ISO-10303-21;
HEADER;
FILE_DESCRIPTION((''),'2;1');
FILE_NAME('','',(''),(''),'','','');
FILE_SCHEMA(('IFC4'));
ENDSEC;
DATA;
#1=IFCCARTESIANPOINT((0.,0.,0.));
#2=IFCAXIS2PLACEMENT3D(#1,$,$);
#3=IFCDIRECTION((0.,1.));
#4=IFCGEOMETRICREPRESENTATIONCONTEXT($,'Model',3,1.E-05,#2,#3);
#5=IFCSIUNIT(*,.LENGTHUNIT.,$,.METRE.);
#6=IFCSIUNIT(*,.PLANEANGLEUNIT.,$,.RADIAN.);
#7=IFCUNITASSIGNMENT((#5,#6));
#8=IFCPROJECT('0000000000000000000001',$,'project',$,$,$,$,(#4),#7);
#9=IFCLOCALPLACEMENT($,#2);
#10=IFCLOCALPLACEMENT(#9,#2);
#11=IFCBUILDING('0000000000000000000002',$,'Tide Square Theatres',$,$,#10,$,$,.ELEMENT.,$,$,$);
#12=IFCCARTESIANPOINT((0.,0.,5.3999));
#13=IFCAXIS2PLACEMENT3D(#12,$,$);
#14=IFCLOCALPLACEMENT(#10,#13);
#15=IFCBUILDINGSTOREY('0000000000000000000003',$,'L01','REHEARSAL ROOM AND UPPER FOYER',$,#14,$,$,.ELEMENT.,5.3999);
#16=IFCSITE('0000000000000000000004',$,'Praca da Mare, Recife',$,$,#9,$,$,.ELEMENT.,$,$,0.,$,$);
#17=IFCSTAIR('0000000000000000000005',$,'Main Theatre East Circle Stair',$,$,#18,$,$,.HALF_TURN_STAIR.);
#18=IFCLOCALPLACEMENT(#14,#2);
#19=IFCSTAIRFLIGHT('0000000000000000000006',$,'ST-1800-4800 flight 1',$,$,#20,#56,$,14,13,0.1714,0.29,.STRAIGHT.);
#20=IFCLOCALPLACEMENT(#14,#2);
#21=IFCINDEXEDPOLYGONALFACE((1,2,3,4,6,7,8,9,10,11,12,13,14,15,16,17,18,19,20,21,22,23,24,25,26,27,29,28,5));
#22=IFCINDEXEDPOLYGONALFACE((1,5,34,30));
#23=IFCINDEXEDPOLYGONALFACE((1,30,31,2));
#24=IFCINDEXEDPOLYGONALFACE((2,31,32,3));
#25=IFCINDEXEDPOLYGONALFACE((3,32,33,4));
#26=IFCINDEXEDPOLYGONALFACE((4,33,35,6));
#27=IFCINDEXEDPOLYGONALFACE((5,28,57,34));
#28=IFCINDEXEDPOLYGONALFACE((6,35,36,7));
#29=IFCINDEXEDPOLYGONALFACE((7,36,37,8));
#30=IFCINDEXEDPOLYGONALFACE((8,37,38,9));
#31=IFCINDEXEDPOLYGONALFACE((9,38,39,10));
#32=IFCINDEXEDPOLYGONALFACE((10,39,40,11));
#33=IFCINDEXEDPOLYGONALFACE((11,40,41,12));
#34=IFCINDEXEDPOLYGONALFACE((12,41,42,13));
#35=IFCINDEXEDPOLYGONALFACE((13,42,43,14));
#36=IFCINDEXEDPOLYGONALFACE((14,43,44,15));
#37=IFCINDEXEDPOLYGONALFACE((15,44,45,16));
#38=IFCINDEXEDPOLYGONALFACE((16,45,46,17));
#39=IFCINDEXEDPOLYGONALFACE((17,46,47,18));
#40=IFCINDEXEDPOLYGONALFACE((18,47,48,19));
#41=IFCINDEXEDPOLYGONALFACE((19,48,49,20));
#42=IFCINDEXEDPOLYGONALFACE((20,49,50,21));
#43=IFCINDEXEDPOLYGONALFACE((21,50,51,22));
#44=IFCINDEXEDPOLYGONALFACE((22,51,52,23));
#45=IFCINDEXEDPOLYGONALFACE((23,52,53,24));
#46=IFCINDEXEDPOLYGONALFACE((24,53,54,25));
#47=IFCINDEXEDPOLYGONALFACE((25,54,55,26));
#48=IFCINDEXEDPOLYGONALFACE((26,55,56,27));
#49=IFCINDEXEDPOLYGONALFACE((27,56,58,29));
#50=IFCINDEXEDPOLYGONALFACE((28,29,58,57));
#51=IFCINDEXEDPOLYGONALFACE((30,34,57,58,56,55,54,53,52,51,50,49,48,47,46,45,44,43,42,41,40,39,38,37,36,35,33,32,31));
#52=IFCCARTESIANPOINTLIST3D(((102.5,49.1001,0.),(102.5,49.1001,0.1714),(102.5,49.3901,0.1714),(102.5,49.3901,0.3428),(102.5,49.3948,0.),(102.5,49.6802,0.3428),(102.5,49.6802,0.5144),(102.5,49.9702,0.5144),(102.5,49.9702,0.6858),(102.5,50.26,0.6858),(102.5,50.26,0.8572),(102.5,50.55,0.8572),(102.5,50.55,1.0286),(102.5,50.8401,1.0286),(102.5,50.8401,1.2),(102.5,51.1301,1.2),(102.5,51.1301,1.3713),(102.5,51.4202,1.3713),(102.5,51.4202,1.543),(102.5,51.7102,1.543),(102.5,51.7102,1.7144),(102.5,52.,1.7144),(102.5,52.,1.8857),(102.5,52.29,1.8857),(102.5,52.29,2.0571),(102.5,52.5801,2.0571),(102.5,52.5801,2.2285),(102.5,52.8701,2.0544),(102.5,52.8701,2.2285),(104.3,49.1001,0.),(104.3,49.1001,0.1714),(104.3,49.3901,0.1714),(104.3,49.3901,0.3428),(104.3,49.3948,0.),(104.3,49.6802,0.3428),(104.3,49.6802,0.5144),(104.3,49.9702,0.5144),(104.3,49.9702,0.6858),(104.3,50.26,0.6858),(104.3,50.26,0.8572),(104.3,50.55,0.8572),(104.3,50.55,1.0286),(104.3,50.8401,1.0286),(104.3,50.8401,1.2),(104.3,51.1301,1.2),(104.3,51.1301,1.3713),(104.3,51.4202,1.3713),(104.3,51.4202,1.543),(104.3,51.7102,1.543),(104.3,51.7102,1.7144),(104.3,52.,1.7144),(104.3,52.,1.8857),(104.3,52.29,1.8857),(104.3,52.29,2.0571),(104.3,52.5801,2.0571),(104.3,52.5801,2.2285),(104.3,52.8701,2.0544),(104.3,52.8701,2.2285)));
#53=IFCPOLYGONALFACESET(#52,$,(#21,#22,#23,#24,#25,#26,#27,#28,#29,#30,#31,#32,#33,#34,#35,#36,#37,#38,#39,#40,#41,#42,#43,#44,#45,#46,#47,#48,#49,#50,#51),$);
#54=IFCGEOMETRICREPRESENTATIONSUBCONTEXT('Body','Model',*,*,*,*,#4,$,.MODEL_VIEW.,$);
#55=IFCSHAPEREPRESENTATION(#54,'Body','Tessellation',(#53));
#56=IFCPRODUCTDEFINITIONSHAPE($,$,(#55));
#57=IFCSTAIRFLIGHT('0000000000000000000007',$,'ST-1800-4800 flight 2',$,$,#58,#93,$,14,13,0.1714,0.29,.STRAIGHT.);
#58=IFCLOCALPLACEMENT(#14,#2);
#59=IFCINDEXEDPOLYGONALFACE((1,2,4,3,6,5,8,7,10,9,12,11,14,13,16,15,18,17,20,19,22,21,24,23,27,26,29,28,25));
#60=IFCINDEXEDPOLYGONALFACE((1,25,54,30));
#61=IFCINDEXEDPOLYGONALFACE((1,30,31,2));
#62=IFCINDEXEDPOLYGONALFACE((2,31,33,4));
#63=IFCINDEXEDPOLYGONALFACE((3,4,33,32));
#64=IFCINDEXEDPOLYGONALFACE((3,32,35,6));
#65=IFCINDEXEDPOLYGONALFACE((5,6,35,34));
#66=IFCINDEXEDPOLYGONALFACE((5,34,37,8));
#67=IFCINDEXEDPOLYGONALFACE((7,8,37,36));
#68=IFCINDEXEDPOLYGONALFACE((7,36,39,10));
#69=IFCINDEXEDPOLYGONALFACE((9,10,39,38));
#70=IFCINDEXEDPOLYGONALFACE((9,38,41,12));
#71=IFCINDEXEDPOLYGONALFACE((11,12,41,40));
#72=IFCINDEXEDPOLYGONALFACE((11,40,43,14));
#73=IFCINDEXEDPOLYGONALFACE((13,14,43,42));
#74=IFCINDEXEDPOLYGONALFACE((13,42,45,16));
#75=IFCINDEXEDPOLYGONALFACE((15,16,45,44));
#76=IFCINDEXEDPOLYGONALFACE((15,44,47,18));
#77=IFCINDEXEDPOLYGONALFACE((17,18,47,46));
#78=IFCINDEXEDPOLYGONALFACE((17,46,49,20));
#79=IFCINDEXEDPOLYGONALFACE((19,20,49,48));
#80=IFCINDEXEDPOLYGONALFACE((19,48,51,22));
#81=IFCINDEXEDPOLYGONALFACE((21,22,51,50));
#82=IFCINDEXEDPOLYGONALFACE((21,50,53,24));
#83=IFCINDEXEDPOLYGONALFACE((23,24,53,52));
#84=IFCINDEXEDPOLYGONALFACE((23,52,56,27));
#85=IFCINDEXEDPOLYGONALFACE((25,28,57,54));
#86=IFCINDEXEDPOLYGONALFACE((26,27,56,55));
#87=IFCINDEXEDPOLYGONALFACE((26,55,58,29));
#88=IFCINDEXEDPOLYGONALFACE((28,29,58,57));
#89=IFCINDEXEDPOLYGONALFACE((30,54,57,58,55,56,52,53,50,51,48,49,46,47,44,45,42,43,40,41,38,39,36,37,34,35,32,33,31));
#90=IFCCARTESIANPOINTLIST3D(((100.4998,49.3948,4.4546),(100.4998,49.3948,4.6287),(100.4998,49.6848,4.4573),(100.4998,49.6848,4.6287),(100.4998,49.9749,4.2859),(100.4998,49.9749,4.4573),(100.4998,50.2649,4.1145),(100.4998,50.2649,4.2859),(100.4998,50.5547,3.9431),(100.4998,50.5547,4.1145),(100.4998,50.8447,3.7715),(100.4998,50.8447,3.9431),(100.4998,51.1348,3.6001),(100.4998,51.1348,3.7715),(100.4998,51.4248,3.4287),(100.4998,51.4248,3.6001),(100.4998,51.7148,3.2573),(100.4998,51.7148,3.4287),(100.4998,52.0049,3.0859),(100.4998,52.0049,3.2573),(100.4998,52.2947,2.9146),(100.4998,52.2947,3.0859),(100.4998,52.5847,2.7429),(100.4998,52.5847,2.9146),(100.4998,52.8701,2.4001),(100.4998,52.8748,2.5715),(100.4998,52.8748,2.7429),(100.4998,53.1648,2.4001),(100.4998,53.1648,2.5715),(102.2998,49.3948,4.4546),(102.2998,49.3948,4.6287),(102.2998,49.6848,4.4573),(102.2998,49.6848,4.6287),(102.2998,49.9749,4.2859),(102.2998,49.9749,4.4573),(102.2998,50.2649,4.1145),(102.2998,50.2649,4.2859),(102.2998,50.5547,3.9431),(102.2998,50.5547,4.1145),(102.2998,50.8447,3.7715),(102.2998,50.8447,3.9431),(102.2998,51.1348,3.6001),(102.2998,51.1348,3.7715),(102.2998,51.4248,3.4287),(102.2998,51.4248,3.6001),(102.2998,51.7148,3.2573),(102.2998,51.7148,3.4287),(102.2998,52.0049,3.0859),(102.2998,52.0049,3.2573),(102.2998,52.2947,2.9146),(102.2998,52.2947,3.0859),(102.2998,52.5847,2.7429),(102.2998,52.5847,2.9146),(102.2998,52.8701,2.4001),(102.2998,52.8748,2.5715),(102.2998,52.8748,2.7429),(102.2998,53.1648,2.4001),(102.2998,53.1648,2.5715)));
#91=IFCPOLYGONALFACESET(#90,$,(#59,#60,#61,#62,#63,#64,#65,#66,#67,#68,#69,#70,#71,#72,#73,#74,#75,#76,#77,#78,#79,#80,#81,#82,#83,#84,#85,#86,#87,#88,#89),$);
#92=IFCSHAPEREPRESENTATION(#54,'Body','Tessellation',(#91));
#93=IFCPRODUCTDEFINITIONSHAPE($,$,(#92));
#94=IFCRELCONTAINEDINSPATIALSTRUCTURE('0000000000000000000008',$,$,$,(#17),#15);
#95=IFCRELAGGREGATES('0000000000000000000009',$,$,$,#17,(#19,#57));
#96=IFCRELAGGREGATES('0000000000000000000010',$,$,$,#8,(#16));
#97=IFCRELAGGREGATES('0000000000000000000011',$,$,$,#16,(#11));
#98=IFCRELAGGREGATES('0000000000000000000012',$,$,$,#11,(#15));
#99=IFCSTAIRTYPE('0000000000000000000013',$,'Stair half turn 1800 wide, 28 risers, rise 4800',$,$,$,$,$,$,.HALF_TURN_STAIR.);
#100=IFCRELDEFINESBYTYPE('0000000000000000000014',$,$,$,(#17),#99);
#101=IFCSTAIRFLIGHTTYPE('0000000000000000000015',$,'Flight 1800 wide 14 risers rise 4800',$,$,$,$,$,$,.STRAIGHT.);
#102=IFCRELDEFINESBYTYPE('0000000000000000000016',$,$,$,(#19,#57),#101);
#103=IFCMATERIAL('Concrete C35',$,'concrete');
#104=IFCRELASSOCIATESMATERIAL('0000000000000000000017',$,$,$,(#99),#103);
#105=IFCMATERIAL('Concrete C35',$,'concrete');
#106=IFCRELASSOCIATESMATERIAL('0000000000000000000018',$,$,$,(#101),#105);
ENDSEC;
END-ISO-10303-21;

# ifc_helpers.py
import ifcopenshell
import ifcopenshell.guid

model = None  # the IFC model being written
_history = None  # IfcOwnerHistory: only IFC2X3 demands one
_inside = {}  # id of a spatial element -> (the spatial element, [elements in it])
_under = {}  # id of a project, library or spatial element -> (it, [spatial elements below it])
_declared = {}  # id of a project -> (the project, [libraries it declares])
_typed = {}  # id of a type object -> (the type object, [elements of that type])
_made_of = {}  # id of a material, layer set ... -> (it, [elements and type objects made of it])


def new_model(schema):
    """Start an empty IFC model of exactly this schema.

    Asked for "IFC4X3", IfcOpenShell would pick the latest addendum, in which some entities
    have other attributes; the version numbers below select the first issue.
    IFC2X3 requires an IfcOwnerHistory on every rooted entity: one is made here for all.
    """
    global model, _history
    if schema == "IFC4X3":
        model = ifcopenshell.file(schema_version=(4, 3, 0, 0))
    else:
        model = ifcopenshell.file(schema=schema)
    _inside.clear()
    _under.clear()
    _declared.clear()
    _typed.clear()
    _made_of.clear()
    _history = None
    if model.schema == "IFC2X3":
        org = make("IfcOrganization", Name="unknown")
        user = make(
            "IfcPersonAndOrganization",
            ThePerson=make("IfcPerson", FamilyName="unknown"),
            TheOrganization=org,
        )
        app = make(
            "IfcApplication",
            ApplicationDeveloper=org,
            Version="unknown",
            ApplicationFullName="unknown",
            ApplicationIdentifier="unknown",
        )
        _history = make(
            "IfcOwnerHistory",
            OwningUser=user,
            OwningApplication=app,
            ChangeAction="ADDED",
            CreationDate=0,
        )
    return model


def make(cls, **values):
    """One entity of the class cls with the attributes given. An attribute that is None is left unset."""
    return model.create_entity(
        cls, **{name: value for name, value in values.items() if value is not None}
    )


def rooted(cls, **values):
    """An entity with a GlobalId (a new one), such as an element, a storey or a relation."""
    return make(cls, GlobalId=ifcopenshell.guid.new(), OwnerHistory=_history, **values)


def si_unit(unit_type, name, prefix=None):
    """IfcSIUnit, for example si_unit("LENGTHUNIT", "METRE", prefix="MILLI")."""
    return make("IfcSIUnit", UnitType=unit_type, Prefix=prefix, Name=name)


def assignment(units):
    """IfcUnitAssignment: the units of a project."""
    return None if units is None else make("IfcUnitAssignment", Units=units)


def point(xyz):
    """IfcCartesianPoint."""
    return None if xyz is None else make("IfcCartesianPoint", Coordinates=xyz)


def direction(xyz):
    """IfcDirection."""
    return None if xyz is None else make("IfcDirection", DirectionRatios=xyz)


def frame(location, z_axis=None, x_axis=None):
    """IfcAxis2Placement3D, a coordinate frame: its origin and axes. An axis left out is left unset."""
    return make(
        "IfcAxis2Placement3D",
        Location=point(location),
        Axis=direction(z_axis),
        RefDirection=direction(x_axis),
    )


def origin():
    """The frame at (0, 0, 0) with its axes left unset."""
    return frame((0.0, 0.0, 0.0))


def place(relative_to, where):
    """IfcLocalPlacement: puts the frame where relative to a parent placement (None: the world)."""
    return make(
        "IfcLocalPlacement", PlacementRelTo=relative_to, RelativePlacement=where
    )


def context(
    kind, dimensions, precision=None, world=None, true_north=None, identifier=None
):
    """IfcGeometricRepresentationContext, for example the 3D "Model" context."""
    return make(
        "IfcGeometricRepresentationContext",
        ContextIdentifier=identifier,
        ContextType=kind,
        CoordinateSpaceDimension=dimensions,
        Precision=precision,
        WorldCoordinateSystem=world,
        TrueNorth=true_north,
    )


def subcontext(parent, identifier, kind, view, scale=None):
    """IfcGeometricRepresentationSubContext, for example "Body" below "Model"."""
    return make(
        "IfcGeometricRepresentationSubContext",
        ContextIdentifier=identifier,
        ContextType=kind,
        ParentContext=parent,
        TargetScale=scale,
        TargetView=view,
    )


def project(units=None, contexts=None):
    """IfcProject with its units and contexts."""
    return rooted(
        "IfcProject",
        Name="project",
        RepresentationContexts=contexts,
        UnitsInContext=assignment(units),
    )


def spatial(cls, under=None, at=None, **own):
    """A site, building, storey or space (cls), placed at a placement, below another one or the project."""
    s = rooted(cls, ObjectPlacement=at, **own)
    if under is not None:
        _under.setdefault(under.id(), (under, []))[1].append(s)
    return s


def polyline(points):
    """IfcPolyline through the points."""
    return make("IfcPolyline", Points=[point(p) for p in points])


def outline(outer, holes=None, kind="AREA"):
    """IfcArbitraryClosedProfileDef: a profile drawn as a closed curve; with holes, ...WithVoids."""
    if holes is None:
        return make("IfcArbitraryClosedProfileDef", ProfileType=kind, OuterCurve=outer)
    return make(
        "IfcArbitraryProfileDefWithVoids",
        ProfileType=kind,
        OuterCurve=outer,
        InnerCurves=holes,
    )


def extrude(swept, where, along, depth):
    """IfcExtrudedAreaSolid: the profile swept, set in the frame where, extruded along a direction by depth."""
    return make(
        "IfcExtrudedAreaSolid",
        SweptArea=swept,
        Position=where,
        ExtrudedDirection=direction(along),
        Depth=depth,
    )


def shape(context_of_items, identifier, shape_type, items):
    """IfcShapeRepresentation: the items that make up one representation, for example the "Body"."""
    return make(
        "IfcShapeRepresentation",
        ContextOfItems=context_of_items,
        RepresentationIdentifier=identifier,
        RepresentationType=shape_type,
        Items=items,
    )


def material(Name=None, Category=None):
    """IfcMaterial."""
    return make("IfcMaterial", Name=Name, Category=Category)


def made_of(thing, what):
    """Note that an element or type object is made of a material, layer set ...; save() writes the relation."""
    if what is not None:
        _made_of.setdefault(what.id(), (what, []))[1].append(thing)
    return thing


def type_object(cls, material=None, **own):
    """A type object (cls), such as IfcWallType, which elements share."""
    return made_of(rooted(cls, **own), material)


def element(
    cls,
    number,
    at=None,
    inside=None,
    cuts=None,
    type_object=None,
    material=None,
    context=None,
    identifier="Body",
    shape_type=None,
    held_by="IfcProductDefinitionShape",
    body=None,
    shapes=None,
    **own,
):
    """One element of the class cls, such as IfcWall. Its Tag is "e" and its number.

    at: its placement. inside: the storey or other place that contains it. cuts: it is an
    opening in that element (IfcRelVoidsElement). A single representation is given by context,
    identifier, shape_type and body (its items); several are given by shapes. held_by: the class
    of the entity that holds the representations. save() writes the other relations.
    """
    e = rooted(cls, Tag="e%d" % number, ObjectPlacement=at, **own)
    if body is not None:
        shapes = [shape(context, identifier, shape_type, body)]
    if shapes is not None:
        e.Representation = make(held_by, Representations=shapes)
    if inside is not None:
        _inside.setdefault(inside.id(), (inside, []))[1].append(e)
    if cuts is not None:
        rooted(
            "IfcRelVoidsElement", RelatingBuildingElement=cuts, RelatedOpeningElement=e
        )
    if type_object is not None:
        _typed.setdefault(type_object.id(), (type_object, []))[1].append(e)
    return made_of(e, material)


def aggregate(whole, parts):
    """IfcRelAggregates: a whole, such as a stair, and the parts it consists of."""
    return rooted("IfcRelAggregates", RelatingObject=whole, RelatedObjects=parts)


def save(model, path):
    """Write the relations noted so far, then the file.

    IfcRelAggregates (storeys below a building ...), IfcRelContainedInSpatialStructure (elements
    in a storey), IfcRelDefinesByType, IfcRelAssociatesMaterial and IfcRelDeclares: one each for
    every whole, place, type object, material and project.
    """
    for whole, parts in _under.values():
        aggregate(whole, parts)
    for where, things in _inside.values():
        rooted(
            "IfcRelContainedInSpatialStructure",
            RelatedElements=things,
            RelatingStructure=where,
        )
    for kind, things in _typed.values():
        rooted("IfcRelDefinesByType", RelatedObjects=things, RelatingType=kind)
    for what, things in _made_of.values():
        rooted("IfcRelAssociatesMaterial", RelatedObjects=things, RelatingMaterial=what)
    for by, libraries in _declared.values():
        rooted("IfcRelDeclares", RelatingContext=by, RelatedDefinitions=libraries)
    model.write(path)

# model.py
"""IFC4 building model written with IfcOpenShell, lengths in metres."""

from ifc_helpers import new_model, si_unit, direction, frame, origin, place, context, subcontext, project, spatial, polyline, outline, extrude, material, type_object, element, aggregate, save


model = new_model("IFC4")

# Units and contexts
model_context = context("Model", 3, precision=1e-05, world=origin(), true_north=direction((0.0, 1.0)))
body_context = subcontext(model_context, "Body", "Model", "MODEL_VIEW")
ifc_project = project(units=[si_unit("LENGTHUNIT", "METRE"), si_unit("PLANEANGLEUNIT", "RADIAN")], contexts=[model_context])

# Site, building, storey
site_placement = place(None, origin())
site = spatial("IfcSite", under=ifc_project, at=site_placement, Name="Praca da Mare, Recife", CompositionType="ELEMENT", RefElevation=0.0)
building_placement = place(site_placement, origin())
building = spatial("IfcBuilding", under=site, at=building_placement, Name="Tide Square Theatres", CompositionType="ELEMENT")
storey_placement = place(building_placement, frame((0.0, 0.0, 5.3999)))
storey = spatial("IfcBuildingStorey", under=building, at=storey_placement, Name="L01", Description="REHEARSAL ROOM AND UPPER FOYER", CompositionType="ELEMENT", Elevation=5.3999)

# Stair, stair flights
ifc_material_1 = material(Name="Concrete C35", Category="concrete")
stair_type = type_object("IfcStairType", Name="Stair half turn 1800 wide, 28 risers, rise 4800", PredefinedType="HALF_TURN_STAIR", material=ifc_material_1)
stair_placement = place(storey_placement, origin())
stair = element("IfcStair", 1, at=stair_placement, inside=storey, type_object=stair_type, Name="Main Theatre East Circle Stair", PredefinedType="HALF_TURN_STAIR")
ifc_material_2 = material(Name="Concrete C35", Category="concrete")
stair_flight_type = type_object("IfcStairFlightType", Name="Flight 1800 wide 14 risers rise 4800", PredefinedType="STRAIGHT", material=ifc_material_2)
stair_flight_1_placement = place(storey_placement, frame((103.3999, 49.1001, 0.0), z_axis=(0.0, 0.0, 1.0), x_axis=(0.0, 1.0, 0.0)))
stair_flight_1 = element("IfcStairFlight", 2, at=stair_flight_1_placement, type_object=stair_flight_type, Name="ST-1800-4800 flight 1", NumberOfRisers=14, NumberOfTreads=13, PredefinedType="STRAIGHT", RiserHeight=0.1714, TreadLength=0.29, context=body_context, shape_type="SweptSolid", body=[
    extrude(outline(polyline([(0.0, 0.0), (0.0, 0.1714), (0.29, 0.1714), (0.29, 0.3428), (0.5801, 0.3428), (0.5801, 0.5144), (0.8701, 0.5144), (0.8701, 0.6858), (1.1599, 0.6858), (1.1599, 0.8572), (1.45, 0.8572), (1.45, 1.0286), (1.74, 1.0286), (1.74, 1.2), (2.03, 1.2), (2.03, 1.3713), (2.3201, 1.3713), (2.3201, 1.543), (2.6101, 1.543), (2.6101, 1.7144), (2.8999, 1.7144), (2.8999, 1.8857), (3.1899, 1.8857), (3.1899, 2.0571), (3.48, 2.0571), (3.48, 2.2285), (3.77, 2.2285), (3.77, 2.3999), (3.77, 2.0544), (0.2947, 0.0), (0.0, 0.0)])), frame((0.0, 0.8999, 0.0), z_axis=(0.0, -1.0, 0.0), x_axis=(1.0, 0.0, 0.0)), (0.0, 0.0, 1.0), 1.8),
])
stair_flight_2_placement = place(storey_placement, frame((101.3999, 53.1648, 2.4001), z_axis=(0.0, 0.0, 1.0), x_axis=(0.0, -1.0, 0.0)))
stair_flight_2 = element("IfcStairFlight", 3, at=stair_flight_2_placement, type_object=stair_flight_type, Name="ST-1800-4800 flight 2", NumberOfRisers=14, NumberOfTreads=13, PredefinedType="STRAIGHT", RiserHeight=0.1714, TreadLength=0.29, context=body_context, shape_type="SweptSolid", body=[
    extrude(outline(polyline([(0.0, 0.0), (0.0, 0.1714), (0.29, 0.1714), (0.29, 0.3428), (0.5801, 0.3428), (0.5801, 0.5144), (0.8701, 0.5144), (0.8701, 0.6858), (1.1599, 0.6858), (1.1599, 0.8572), (1.45, 0.8572), (1.45, 1.0286), (1.74, 1.0286), (1.74, 1.2), (2.03, 1.2), (2.03, 1.3713), (2.3201, 1.3713), (2.3201, 1.543), (2.6101, 1.543), (2.6101, 1.7144), (2.8999, 1.7144), (2.8999, 1.8857), (3.1899, 1.8857), (3.1899, 2.0571), (3.48, 2.0571), (3.48, 2.2285), (3.77, 2.2285), (3.77, 2.3999), (3.77, 2.0544), (0.2947, 0.0), (0.0, 0.0)])), frame((0.0, 0.8999, 0.0), z_axis=(0.0, -1.0, 0.0), x_axis=(1.0, 0.0, 0.0)), (0.0, 0.0, 1.0), 1.8),
])
aggregate(stair, [stair_flight_1, stair_flight_2])

save(model, "model.ifc")
